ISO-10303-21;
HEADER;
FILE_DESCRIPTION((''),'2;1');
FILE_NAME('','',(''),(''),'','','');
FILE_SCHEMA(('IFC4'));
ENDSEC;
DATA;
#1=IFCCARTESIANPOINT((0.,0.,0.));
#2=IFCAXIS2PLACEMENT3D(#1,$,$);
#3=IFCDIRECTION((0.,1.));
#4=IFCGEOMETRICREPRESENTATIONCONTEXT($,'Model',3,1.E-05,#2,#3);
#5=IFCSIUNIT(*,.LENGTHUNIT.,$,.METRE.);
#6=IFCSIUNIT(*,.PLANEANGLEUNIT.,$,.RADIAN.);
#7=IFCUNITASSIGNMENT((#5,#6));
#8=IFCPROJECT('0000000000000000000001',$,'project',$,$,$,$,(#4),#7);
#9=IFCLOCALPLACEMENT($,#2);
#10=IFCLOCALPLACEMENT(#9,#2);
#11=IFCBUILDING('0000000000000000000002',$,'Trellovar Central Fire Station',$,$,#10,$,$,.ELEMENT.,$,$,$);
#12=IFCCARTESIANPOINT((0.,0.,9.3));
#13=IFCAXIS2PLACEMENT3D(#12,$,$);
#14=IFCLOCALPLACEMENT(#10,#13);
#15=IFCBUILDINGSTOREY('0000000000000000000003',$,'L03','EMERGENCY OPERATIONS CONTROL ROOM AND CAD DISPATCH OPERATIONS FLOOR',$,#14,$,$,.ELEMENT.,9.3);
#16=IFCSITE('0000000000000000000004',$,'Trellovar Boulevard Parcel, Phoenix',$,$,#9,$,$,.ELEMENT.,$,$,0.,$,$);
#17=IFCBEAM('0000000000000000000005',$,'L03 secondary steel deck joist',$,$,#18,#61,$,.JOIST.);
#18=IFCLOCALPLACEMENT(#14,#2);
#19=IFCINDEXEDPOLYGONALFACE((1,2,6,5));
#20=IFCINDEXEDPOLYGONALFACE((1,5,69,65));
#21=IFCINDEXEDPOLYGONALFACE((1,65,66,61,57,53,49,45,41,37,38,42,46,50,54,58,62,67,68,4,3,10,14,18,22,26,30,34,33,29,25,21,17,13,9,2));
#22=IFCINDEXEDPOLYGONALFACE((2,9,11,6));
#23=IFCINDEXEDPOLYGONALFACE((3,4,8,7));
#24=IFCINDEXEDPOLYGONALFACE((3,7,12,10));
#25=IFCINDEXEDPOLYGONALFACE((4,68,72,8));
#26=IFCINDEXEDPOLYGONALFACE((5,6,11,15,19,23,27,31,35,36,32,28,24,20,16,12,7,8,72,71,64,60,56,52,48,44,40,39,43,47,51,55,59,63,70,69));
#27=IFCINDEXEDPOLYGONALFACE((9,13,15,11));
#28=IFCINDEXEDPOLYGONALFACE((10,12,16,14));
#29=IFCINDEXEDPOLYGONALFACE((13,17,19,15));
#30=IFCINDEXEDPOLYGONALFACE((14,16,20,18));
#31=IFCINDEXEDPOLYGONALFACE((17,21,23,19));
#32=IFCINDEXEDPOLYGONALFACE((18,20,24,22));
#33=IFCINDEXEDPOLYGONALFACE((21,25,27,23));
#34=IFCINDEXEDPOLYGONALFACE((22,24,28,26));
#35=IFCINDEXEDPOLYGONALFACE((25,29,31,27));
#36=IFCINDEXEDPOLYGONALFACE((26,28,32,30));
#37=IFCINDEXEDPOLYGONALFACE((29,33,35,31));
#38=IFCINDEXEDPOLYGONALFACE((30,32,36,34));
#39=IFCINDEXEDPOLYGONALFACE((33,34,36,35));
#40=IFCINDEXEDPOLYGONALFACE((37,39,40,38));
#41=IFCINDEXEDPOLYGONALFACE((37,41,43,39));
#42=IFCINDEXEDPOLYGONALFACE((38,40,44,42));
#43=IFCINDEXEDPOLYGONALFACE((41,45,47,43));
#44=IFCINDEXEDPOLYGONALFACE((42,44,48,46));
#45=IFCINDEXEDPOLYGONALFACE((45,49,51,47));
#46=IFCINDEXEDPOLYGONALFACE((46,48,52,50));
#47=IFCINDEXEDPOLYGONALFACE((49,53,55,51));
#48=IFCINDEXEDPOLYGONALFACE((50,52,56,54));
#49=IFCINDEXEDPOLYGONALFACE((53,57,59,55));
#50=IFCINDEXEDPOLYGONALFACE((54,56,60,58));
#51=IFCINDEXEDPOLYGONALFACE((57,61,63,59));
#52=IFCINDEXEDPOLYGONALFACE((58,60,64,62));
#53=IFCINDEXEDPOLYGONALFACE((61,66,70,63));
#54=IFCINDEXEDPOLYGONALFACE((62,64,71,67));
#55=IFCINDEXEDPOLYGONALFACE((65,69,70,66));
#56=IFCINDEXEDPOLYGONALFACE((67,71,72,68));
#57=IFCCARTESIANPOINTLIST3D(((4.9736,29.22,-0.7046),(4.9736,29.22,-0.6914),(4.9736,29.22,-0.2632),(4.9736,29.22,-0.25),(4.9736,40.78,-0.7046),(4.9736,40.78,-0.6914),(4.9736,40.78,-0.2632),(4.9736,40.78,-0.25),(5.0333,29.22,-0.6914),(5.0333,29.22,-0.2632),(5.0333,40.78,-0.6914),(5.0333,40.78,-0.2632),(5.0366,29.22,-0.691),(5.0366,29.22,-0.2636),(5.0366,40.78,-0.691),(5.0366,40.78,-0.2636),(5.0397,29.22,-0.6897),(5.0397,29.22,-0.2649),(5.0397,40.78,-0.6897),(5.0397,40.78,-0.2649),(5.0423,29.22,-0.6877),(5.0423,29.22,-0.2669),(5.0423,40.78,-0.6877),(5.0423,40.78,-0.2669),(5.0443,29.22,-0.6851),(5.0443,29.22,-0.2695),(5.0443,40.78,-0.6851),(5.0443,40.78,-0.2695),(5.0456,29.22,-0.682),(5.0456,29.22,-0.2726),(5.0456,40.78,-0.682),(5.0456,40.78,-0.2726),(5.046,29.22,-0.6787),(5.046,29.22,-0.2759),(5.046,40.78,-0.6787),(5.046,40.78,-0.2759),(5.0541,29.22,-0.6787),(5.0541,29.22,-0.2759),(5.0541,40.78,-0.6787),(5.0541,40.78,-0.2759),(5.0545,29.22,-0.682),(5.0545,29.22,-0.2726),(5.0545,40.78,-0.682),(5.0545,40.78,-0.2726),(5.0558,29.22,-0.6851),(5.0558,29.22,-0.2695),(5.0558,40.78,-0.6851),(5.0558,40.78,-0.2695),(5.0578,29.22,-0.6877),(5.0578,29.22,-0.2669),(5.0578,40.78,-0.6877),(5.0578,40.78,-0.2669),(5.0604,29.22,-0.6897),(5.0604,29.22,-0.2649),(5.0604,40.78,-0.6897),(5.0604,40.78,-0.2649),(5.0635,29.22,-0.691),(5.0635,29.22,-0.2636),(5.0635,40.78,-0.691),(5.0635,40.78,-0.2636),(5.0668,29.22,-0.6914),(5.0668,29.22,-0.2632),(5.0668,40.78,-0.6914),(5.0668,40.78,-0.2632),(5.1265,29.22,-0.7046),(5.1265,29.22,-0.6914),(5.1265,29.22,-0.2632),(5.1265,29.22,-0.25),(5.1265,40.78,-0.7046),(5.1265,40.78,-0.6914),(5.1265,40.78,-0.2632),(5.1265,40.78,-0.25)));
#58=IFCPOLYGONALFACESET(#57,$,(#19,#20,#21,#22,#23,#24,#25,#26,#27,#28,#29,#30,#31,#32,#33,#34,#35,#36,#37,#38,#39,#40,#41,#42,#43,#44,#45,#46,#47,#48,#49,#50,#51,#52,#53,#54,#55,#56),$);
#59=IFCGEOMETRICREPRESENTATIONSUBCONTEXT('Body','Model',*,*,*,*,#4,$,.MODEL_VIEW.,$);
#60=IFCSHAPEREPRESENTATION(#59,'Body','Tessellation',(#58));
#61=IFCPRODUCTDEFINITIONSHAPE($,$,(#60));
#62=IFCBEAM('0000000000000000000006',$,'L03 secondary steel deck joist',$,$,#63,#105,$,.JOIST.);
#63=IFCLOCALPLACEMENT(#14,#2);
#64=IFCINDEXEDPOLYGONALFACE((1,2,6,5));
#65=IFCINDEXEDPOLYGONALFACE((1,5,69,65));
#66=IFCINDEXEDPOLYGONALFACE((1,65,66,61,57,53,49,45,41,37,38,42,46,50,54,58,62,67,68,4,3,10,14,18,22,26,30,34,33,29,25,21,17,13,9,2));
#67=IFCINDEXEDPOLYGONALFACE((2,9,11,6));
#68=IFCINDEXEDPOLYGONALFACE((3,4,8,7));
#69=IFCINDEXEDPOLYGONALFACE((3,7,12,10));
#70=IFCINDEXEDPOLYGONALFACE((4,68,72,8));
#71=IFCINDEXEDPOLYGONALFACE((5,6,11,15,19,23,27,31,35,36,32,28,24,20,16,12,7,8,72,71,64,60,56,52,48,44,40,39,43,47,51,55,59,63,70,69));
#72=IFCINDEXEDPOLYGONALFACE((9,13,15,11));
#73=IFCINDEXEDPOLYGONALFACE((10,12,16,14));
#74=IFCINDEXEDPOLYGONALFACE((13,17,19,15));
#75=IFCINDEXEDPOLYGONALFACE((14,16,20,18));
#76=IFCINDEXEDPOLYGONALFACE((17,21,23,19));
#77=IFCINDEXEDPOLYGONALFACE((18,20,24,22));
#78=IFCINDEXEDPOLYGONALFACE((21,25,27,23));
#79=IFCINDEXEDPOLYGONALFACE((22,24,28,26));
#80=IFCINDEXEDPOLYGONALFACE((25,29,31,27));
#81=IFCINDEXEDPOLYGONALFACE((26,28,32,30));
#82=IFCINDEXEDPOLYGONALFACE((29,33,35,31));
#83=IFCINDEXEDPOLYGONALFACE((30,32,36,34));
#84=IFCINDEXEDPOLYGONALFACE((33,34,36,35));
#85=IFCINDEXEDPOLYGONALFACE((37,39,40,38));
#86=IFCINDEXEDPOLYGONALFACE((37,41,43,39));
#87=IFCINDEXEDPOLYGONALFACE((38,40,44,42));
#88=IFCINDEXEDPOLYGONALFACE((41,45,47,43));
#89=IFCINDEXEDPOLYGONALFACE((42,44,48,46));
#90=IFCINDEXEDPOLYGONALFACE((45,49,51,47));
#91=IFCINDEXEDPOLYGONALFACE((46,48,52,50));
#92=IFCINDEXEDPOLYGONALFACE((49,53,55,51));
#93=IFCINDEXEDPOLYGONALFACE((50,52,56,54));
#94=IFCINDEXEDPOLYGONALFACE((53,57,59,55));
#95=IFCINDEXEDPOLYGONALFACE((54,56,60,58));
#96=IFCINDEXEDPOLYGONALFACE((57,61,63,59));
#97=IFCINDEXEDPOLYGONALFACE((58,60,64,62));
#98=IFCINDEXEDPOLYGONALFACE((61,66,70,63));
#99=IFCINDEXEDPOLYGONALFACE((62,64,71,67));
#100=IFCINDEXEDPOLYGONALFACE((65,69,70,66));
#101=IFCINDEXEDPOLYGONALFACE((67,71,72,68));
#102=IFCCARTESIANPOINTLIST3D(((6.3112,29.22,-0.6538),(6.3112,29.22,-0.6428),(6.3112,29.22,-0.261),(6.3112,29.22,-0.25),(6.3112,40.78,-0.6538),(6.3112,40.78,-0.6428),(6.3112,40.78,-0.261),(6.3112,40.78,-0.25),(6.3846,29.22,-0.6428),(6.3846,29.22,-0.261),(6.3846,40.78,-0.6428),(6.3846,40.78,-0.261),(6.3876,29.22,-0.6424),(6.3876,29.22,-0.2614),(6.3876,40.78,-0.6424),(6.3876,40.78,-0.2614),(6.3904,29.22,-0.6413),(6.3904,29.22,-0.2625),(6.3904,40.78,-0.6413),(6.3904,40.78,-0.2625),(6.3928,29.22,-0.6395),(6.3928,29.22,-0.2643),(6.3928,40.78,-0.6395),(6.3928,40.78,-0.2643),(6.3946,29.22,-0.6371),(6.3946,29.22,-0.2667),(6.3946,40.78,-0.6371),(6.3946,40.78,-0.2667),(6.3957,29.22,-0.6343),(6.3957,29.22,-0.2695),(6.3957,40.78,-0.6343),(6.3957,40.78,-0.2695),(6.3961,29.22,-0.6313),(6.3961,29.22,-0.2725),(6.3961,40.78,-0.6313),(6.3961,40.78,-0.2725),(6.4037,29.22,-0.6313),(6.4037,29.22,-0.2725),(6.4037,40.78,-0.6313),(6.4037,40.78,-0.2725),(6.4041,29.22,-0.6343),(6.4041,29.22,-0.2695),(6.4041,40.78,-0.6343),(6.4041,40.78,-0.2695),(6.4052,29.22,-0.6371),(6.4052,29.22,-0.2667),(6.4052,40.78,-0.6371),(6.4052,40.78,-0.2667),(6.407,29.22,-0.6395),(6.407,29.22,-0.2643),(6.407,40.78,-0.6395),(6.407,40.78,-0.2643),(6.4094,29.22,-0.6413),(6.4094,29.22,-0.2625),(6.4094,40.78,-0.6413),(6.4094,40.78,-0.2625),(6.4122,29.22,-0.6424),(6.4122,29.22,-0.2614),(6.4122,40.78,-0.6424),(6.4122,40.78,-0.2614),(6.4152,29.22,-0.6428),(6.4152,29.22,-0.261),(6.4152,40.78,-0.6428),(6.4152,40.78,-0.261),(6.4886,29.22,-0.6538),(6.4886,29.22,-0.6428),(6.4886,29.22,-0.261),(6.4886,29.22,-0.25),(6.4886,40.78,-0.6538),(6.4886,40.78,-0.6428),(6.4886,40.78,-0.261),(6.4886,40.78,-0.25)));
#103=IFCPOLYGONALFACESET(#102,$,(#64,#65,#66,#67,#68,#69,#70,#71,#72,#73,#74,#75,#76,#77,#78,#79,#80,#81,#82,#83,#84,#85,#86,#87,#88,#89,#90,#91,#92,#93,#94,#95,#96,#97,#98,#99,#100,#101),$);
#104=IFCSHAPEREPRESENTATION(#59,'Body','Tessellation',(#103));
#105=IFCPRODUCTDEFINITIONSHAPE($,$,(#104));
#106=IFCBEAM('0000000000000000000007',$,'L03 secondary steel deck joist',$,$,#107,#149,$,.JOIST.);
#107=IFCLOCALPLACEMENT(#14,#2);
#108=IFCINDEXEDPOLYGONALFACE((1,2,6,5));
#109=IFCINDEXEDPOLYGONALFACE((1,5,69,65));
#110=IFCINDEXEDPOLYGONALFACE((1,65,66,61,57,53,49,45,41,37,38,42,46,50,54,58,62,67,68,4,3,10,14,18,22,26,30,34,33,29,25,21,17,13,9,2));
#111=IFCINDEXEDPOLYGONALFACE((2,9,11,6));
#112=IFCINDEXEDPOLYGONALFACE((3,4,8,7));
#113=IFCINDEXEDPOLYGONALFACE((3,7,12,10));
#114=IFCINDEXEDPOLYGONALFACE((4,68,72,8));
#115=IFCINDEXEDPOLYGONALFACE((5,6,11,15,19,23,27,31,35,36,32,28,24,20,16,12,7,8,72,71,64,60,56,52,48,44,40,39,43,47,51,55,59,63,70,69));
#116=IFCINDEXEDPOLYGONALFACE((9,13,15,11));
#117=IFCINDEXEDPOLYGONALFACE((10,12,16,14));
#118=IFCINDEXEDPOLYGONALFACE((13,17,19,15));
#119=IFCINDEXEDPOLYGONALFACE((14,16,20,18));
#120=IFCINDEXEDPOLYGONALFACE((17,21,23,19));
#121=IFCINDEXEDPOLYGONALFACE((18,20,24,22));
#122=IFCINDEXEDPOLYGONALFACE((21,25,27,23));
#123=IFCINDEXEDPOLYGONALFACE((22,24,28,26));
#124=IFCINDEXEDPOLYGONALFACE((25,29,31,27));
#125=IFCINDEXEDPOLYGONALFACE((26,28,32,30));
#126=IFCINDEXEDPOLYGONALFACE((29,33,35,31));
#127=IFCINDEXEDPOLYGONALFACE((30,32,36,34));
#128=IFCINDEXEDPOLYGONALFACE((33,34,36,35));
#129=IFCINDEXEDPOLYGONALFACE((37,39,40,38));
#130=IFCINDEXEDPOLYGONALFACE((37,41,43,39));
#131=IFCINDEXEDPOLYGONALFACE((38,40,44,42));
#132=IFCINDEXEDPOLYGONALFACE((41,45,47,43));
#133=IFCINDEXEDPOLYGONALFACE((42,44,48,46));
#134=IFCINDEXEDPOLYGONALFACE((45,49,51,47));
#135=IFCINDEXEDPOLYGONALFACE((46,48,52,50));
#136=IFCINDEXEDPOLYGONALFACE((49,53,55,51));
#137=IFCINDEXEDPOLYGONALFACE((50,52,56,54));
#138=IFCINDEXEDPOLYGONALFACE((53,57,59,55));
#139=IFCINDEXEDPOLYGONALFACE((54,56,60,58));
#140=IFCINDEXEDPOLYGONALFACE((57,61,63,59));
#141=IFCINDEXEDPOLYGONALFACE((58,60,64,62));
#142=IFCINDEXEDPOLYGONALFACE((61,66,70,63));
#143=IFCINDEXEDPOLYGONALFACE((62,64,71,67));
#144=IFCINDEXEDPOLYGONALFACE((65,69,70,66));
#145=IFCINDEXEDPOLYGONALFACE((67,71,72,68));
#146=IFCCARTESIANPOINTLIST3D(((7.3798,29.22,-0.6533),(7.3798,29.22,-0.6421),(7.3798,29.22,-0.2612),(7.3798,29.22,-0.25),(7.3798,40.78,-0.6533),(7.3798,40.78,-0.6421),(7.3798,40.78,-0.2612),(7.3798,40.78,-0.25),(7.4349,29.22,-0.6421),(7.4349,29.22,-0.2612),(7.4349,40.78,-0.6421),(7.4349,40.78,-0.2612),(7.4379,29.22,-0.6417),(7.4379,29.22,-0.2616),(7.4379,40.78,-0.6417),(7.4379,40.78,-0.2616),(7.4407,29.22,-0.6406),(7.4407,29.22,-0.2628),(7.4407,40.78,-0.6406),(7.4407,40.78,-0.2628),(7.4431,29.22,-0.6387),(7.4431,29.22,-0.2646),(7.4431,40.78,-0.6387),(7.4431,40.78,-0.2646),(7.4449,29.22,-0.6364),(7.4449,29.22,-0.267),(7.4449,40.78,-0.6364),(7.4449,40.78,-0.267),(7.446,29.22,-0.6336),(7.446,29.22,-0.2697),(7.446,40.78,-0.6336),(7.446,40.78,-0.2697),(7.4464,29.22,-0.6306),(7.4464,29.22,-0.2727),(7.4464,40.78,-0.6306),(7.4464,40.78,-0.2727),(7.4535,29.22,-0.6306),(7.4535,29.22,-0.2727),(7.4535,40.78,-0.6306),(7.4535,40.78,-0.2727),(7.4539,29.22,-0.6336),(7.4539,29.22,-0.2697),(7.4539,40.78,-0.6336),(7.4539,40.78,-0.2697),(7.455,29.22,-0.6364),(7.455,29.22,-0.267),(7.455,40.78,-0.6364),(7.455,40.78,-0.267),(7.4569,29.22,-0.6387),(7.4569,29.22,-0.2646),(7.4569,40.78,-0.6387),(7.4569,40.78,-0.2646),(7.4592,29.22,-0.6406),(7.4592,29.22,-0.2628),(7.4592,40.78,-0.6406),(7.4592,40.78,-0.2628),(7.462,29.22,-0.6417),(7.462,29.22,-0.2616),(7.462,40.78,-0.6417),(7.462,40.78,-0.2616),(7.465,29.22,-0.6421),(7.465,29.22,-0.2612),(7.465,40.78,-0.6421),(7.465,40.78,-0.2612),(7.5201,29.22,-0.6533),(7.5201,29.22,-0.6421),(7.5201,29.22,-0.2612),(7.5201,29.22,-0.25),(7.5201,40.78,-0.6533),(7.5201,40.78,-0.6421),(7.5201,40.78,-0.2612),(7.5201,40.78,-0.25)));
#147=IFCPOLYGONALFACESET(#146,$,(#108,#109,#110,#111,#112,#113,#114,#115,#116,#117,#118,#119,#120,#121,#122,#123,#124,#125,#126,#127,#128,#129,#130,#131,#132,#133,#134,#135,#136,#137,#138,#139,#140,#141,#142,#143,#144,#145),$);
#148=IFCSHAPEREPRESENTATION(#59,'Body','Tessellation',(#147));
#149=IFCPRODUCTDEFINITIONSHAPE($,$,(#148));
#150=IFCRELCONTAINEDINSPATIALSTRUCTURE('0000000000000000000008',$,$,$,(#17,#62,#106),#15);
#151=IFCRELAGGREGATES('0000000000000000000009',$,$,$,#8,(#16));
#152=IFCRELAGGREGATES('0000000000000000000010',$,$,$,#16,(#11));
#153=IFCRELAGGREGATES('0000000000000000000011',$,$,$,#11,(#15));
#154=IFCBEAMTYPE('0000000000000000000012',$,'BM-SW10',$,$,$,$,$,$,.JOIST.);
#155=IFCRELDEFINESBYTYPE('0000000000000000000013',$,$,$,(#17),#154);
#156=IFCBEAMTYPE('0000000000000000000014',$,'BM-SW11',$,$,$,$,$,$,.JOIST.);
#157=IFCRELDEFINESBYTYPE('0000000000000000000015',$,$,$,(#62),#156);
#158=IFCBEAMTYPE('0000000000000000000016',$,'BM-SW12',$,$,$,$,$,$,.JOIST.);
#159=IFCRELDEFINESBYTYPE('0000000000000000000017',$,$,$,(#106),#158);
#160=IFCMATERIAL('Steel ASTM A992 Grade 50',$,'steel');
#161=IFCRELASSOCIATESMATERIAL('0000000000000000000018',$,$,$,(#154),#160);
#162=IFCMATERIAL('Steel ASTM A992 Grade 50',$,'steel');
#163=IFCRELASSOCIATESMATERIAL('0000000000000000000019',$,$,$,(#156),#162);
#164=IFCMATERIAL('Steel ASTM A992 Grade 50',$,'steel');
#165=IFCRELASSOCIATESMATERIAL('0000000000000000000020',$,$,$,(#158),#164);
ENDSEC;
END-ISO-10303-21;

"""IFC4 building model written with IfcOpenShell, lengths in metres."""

from ifc_helpers import new_model, si_unit, direction, frame, origin, origin_2d, place, context, subcontext, project, spatial, i_section, extrude, material, material_profile, profile_set, type_object, element, save


model = new_model("IFC4")

# Units and contexts
model_context = context("Model", 3, precision=1e-05, world=origin(), true_north=direction((0.0, 1.0)))
body_context = subcontext(model_context, "Body", "Model", "MODEL_VIEW")
ifc_project = project(units=[si_unit("LENGTHUNIT", "METRE"), si_unit("PLANEANGLEUNIT", "RADIAN")], contexts=[model_context])

# Site, building, storey
site_placement = place(None, origin())
site = spatial("IfcSite", under=ifc_project, at=site_placement, Name="Trellovar Boulevard Parcel, Phoenix", CompositionType="ELEMENT", RefElevation=0.0)
building_placement = place(site_placement, origin())
building = spatial("IfcBuilding", under=site, at=building_placement, Name="Trellovar Central Fire Station", CompositionType="ELEMENT")
storey_placement = place(building_placement, frame((0.0, 0.0, 9.3)))
storey = spatial("IfcBuildingStorey", under=building, at=storey_placement, Name="L03", Description="EMERGENCY OPERATIONS CONTROL ROOM AND CAD DISPATCH OPERATIONS FLOOR", CompositionType="ELEMENT", Elevation=9.3)

# Beams
ifc_material_1 = material(Name="Steel ASTM A992 Grade 50", Category="steel")
ifc_material_profile_1 = material_profile(ifc_material_1, i_section(OverallWidth=0.1528, OverallDepth=0.4546, WebThickness=0.0081, FlangeThickness=0.0132, FilletRadius=0.0127, at=origin_2d()), Name="W18X40")
ifc_profile_set_1 = profile_set([ifc_material_profile_1], Name="Steel ASTM A992 Grade 50")
beam_type_1 = type_object("IfcBeamType", Name="BM-SW10", PredefinedType="JOIST", material=ifc_profile_set_1)
beam_1_placement = place(storey_placement, frame((5.05, 29.22, -0.4773), z_axis=(0.0, 1.0, 0.0), x_axis=(-1.0, 0.0, 0.0)))
element("IfcBeam", 1, at=beam_1_placement, inside=storey, type_object=beam_type_1, Name="L03 secondary steel deck joist", PredefinedType="JOIST", context=body_context, shape_type="SweptSolid", body=[
    extrude(i_section(OverallWidth=0.1528, OverallDepth=0.4546, WebThickness=0.0081, FlangeThickness=0.0132, FilletRadius=0.0127, at=origin_2d()), origin(), (0.0, 0.0, 1.0), 11.5601),
])
ifc_material_2 = material(Name="Steel ASTM A992 Grade 50", Category="steel")
ifc_material_profile_2 = material_profile(ifc_material_2, i_section(OverallWidth=0.1775, OverallDepth=0.4038, WebThickness=0.0076, FlangeThickness=0.011, FilletRadius=0.0115, at=origin_2d()), Name="W16X36")
ifc_profile_set_2 = profile_set([ifc_material_profile_2], Name="Steel ASTM A992 Grade 50")
beam_type_2 = type_object("IfcBeamType", Name="BM-SW11", PredefinedType="JOIST", material=ifc_profile_set_2)
beam_2_placement = place(storey_placement, frame((6.3999, 29.22, -0.4519), z_axis=(0.0, 1.0, 0.0), x_axis=(-1.0, 0.0, 0.0)))
element("IfcBeam", 2, at=beam_2_placement, inside=storey, type_object=beam_type_2, Name="L03 secondary steel deck joist", PredefinedType="JOIST", context=body_context, shape_type="SweptSolid", body=[
    extrude(i_section(OverallWidth=0.1775, OverallDepth=0.4038, WebThickness=0.0076, FlangeThickness=0.011, FilletRadius=0.0115, at=origin_2d()), origin(), (0.0, 0.0, 1.0), 11.5601),
])
ifc_material_3 = material(Name="Steel ASTM A992 Grade 50", Category="steel")
ifc_material_profile_3 = material_profile(ifc_material_3, i_section(OverallWidth=0.1404, OverallDepth=0.4033, WebThickness=0.0071, FlangeThickness=0.0112, FilletRadius=0.0115, at=origin_2d()), Name="W16X31")
ifc_profile_set_3 = profile_set([ifc_material_profile_3], Name="Steel ASTM A992 Grade 50")
beam_type_3 = type_object("IfcBeamType", Name="BM-SW12", PredefinedType="JOIST", material=ifc_profile_set_3)
beam_3_placement = place(storey_placement, frame((7.45, 29.22, -0.4517), z_axis=(0.0, 1.0, 0.0), x_axis=(-1.0, 0.0, 0.0)))
element("IfcBeam", 3, at=beam_3_placement, inside=storey, type_object=beam_type_3, Name="L03 secondary steel deck joist", PredefinedType="JOIST", context=body_context, shape_type="SweptSolid", body=[
    extrude(i_section(OverallWidth=0.1404, OverallDepth=0.4033, WebThickness=0.0071, FlangeThickness=0.0112, FilletRadius=0.0115, at=origin_2d()), origin(), (0.0, 0.0, 1.0), 11.5601),
])

save(model, "model.ifc")
